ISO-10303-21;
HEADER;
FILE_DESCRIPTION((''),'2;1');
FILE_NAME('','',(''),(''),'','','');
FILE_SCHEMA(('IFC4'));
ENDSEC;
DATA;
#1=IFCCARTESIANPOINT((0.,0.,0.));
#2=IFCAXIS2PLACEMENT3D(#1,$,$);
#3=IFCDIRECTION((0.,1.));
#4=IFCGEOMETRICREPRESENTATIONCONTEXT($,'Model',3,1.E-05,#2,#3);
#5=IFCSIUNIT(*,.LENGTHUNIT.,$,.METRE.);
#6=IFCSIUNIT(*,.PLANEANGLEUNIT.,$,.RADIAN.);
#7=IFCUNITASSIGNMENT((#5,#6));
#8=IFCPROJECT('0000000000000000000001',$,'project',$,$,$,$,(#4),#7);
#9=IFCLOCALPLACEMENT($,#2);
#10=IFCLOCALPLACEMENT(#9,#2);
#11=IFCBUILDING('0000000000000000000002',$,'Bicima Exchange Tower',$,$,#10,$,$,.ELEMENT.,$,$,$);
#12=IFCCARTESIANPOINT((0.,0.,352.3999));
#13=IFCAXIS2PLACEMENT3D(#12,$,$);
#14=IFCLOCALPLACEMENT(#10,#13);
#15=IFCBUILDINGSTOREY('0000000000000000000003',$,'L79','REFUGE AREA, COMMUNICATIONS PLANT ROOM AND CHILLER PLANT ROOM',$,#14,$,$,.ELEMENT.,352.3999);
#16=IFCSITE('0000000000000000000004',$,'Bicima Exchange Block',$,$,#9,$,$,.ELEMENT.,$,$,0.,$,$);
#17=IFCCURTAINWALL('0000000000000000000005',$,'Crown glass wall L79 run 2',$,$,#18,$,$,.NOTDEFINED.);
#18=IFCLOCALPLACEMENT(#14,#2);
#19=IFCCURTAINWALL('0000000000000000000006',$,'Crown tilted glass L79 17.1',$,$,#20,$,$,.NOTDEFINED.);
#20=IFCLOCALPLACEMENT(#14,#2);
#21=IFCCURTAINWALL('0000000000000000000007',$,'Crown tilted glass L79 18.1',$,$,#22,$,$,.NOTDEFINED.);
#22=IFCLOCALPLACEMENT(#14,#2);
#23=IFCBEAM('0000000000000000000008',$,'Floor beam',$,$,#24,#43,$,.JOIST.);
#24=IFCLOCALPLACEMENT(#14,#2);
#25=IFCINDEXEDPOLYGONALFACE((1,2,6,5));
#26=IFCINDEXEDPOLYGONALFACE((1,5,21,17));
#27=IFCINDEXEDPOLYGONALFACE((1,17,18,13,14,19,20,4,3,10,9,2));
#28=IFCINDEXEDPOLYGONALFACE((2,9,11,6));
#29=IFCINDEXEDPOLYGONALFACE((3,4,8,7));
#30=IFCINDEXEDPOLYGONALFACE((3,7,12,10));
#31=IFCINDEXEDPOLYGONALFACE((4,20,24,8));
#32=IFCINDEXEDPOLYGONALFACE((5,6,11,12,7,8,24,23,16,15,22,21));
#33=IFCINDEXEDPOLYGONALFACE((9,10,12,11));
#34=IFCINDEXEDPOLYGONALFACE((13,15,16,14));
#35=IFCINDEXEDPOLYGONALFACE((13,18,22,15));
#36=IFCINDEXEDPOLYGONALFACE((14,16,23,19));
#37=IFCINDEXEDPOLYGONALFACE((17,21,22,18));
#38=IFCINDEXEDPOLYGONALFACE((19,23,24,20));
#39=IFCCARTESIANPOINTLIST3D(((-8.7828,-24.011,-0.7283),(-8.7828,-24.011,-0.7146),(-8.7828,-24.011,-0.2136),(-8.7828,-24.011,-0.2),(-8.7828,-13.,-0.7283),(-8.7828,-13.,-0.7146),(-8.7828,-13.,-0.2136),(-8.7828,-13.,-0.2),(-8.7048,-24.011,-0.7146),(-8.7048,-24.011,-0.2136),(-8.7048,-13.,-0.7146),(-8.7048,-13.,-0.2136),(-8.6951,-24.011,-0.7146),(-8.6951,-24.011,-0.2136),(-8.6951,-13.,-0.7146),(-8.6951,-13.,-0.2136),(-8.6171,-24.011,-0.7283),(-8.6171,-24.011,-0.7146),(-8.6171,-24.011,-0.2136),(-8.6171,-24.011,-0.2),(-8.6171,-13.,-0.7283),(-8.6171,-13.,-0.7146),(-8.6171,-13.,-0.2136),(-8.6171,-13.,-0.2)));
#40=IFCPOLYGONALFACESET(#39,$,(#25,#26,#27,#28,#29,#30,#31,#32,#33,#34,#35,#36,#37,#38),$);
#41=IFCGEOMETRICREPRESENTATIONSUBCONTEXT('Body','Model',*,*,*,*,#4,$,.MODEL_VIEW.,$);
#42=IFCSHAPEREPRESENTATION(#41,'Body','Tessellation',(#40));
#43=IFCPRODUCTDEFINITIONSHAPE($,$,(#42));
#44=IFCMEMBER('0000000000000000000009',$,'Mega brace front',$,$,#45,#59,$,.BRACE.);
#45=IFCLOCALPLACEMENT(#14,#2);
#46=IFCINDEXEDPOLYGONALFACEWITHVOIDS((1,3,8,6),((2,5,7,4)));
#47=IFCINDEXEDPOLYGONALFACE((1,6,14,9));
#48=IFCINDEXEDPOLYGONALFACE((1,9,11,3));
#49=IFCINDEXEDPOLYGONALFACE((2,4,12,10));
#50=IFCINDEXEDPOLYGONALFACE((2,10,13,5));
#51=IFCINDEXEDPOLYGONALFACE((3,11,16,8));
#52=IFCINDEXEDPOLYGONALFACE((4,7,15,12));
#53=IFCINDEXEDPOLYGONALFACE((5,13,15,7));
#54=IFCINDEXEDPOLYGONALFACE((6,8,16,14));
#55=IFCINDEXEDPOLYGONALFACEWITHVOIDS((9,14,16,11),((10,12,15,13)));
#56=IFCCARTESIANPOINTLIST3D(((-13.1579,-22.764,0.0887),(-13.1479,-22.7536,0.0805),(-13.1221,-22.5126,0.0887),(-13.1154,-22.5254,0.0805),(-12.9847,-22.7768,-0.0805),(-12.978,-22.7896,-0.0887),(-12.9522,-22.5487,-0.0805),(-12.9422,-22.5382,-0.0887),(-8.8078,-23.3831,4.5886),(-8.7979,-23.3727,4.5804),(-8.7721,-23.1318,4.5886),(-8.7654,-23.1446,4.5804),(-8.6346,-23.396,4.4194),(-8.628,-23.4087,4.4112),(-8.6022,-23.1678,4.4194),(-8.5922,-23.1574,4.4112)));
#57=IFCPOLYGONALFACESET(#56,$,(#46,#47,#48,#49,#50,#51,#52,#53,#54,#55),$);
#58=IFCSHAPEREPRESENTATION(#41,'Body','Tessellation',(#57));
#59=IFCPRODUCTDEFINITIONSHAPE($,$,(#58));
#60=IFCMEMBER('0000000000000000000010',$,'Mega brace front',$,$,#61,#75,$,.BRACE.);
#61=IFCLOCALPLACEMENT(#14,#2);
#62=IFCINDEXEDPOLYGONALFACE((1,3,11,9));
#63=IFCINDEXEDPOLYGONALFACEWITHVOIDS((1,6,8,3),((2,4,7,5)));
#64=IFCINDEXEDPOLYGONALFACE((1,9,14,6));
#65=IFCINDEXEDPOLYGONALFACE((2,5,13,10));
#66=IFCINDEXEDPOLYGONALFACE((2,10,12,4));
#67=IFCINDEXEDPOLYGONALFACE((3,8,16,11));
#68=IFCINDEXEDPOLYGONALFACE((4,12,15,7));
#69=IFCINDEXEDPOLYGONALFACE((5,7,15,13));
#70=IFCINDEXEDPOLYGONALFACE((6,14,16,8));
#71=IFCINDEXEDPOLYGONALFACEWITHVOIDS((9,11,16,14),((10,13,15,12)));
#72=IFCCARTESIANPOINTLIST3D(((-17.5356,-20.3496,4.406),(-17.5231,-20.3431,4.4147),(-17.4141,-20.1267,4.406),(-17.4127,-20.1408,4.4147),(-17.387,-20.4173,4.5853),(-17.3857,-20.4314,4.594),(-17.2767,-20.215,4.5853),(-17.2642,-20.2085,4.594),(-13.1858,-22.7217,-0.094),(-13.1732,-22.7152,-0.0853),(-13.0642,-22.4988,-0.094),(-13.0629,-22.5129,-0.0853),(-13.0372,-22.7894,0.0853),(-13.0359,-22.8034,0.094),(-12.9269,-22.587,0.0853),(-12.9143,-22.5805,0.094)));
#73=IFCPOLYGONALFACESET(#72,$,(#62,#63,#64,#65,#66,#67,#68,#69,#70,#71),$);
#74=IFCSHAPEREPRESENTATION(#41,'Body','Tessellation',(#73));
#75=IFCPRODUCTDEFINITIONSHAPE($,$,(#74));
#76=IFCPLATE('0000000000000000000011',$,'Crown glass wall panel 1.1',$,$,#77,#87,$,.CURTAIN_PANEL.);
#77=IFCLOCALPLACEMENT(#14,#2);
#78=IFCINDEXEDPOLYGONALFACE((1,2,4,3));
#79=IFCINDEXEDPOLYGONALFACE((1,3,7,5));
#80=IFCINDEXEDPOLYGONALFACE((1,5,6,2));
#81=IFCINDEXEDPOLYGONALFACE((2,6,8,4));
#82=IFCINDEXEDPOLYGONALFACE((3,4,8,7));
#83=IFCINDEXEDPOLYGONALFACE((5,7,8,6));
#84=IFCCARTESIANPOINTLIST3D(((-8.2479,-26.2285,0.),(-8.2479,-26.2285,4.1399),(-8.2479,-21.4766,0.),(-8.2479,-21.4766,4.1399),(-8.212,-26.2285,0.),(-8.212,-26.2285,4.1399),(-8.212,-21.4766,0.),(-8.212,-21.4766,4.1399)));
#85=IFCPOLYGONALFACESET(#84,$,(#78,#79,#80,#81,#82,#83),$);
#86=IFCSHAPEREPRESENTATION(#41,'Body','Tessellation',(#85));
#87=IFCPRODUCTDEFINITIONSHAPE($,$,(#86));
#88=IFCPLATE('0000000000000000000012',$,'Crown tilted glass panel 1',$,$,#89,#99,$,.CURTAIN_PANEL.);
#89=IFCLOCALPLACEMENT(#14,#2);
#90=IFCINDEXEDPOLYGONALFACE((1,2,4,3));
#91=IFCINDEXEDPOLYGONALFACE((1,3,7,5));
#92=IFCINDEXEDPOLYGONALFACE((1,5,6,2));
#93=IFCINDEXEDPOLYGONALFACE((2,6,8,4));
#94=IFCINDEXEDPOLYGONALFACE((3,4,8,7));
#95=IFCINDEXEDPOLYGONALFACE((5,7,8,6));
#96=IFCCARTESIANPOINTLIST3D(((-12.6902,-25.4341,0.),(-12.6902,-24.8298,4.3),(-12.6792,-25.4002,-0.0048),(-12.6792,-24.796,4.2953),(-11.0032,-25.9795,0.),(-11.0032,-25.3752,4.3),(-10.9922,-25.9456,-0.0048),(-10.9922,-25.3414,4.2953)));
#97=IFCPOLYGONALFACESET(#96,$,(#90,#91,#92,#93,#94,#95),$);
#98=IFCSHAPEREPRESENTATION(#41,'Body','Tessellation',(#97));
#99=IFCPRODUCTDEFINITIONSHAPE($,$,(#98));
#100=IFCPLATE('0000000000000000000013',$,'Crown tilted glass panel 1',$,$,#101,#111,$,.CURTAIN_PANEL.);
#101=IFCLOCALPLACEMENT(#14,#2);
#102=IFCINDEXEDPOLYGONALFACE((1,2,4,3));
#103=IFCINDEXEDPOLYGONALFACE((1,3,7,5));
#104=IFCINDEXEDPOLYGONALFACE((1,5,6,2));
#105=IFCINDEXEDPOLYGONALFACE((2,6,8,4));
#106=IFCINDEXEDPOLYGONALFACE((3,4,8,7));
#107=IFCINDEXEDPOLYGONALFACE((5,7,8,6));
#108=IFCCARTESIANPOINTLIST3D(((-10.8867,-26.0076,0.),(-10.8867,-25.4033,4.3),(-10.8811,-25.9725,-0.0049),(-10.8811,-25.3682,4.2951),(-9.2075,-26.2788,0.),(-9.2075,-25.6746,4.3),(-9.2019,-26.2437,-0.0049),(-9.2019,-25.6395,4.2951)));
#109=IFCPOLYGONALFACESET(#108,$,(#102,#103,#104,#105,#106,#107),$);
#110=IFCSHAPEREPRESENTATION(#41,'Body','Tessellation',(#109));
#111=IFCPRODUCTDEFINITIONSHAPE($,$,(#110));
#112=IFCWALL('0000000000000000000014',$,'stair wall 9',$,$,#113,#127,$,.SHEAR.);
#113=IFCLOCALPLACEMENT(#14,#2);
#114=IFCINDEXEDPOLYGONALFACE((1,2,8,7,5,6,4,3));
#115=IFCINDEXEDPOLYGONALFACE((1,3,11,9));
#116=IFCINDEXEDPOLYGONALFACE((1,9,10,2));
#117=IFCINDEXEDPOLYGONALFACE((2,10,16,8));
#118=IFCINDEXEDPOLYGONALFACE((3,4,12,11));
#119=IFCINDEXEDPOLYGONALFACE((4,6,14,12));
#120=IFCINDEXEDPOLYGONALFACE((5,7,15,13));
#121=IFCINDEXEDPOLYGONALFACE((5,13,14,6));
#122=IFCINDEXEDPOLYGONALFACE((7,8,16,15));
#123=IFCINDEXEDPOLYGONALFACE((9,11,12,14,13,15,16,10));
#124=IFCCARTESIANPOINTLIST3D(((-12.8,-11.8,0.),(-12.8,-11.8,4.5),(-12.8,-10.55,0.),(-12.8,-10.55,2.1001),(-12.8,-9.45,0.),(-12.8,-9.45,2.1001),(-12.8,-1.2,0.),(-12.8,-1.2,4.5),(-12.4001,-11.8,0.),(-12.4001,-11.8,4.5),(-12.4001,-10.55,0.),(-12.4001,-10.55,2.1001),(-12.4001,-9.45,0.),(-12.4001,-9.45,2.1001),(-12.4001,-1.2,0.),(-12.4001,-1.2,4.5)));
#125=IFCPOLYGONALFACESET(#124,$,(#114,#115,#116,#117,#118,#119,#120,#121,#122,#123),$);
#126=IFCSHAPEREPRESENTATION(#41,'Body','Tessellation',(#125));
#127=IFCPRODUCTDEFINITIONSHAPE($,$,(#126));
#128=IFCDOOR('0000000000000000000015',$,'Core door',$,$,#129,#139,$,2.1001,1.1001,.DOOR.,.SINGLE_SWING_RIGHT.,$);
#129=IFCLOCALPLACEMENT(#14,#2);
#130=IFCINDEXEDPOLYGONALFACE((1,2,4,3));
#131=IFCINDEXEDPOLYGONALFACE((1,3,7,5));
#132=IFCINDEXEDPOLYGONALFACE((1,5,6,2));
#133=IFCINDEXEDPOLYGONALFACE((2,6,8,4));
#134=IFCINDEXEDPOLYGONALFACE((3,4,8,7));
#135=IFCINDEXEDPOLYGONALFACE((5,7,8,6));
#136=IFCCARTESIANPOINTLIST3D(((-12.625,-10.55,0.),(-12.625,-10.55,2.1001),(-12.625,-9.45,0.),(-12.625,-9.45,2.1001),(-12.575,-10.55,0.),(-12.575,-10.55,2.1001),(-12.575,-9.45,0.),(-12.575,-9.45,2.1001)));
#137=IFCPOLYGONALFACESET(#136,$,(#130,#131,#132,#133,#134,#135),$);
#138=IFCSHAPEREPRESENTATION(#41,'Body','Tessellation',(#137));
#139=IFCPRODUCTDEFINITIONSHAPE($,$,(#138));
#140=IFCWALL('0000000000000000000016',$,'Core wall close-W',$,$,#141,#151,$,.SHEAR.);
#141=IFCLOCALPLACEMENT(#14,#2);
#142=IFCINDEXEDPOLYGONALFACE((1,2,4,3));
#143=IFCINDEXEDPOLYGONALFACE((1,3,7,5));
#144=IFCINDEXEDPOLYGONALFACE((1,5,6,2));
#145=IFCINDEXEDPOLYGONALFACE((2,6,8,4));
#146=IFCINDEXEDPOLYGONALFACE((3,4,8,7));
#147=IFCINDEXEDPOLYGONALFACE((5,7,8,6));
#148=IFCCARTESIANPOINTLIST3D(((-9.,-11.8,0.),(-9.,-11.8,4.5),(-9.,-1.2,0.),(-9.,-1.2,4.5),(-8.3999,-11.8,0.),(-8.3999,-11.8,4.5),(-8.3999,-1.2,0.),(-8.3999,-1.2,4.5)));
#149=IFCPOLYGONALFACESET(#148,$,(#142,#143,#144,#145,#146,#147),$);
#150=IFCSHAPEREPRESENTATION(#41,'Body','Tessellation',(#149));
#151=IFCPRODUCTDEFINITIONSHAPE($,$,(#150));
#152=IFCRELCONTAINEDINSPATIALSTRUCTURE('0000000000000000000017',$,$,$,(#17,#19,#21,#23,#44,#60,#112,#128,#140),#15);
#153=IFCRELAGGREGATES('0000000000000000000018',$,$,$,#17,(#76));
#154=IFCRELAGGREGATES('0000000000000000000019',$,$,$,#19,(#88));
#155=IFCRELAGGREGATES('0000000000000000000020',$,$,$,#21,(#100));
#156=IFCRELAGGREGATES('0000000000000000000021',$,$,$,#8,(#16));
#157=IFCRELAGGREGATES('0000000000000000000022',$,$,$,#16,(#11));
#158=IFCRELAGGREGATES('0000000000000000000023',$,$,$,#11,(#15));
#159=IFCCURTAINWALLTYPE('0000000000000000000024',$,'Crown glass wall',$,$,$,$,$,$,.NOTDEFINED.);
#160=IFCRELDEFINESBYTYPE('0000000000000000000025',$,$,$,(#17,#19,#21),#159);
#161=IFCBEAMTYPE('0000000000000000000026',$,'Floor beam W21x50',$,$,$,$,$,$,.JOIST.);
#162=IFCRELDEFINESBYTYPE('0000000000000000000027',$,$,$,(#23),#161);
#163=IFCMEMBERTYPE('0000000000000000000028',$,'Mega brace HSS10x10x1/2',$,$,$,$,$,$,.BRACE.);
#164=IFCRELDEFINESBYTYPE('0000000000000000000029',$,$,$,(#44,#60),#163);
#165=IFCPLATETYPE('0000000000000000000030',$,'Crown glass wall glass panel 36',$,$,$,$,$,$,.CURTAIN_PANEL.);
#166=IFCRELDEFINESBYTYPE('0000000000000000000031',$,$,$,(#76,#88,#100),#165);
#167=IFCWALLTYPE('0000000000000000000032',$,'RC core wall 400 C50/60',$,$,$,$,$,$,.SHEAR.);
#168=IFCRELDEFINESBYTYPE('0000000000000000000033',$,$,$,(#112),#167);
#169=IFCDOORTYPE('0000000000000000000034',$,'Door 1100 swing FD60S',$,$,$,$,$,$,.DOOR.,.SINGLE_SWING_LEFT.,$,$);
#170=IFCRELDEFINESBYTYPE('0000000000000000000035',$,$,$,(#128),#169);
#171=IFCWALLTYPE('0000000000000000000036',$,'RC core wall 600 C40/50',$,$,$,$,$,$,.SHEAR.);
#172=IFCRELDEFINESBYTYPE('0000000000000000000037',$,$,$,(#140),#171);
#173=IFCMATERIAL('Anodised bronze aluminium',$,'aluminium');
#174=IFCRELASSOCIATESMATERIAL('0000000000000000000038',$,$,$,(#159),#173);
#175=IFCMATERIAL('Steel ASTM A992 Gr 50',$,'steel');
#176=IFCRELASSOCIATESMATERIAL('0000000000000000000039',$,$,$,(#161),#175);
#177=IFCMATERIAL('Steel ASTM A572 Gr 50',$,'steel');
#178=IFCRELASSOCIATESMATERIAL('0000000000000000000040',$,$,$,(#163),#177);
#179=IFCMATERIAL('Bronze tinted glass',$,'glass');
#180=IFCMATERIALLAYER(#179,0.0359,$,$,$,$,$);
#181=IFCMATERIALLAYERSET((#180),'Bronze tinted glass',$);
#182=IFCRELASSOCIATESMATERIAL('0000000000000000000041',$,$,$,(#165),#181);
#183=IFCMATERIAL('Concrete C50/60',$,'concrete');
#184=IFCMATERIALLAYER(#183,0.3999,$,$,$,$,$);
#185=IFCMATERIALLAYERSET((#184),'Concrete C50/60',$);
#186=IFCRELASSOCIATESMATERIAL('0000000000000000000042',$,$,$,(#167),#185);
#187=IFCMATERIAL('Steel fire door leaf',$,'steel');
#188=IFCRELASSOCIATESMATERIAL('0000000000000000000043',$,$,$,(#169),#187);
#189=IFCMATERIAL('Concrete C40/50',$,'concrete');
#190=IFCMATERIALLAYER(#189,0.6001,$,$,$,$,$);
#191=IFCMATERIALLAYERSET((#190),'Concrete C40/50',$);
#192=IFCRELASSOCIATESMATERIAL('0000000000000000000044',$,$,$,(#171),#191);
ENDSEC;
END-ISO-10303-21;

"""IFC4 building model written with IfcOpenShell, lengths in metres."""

from ifc_helpers import new_model, si_unit, direction, frame, frame_2d, origin, origin_2d, place, context, subcontext, project, spatial, polyline, rectangle, hollow_rectangle, i_section, outline, extrude, material, layer, layer_set, material_profile, profile_set, type_object, element, fill, aggregate, save


model = new_model("IFC4")

# Units and contexts
model_context = context("Model", 3, precision=1e-05, world=origin(), true_north=direction((0.0, 1.0)))
body_context = subcontext(model_context, "Body", "Model", "MODEL_VIEW")
ifc_project = project(units=[si_unit("LENGTHUNIT", "METRE"), si_unit("PLANEANGLEUNIT", "RADIAN")], contexts=[model_context])

# Site, building, storey
site_placement = place(None, origin())
site = spatial("IfcSite", under=ifc_project, at=site_placement, Name="Bicima Exchange Block", CompositionType="ELEMENT", RefElevation=0.0)
building_placement = place(site_placement, origin())
building = spatial("IfcBuilding", under=site, at=building_placement, Name="Bicima Exchange Tower", CompositionType="ELEMENT")
storey_placement = place(building_placement, frame((0.0, 0.0, 352.3999)))
storey = spatial("IfcBuildingStorey", under=building, at=storey_placement, Name="L79", Description="REFUGE AREA, COMMUNICATIONS PLANT ROOM AND CHILLER PLANT ROOM", CompositionType="ELEMENT", Elevation=352.3999)

# Shared definitions
ifc_material_1 = material(Name="Steel ASTM A992 Gr 50", Category="steel")

# Curtain wall
ifc_material_2 = material(Name="Anodised bronze aluminium", Category="aluminium")
curtain_wall_type = type_object("IfcCurtainWallType", Name="Crown glass wall", PredefinedType="NOTDEFINED", material=ifc_material_2)
curtain_wall_1_placement = place(storey_placement, origin())
curtain_wall_1 = element("IfcCurtainWall", 1, at=curtain_wall_1_placement, inside=storey, type_object=curtain_wall_type, Name="Crown glass wall L79 run 2", PredefinedType="NOTDEFINED")

# Curtain walls
curtain_wall_2_placement = place(storey_placement, origin())
curtain_wall_2 = element("IfcCurtainWall", 2, at=curtain_wall_2_placement, inside=storey, type_object=curtain_wall_type, Name="Crown tilted glass L79 17.1", PredefinedType="NOTDEFINED")
curtain_wall_3_placement = place(storey_placement, origin())
curtain_wall_3 = element("IfcCurtainWall", 3, at=curtain_wall_3_placement, inside=storey, type_object=curtain_wall_type, Name="Crown tilted glass L79 18.1", PredefinedType="NOTDEFINED")

# Beam
ifc_material_profile_1 = material_profile(ifc_material_1, i_section(OverallWidth=0.1658, OverallDepth=0.5283, WebThickness=0.0098, FlangeThickness=0.0137, at=origin_2d()))
ifc_profile_set_1 = profile_set([ifc_material_profile_1], Name="Steel ASTM A992 Gr 50")
beam_type_1 = type_object("IfcBeamType", Name="Floor beam W21x50", PredefinedType="JOIST", material=ifc_profile_set_1)
beam_1_placement = place(storey_placement, frame((-8.7, -13.0, -0.4641), z_axis=(0.0, -1.0, 0.0), x_axis=(1.0, 0.0, 0.0)))
element("IfcBeam", 4, at=beam_1_placement, inside=storey, type_object=beam_type_1, Name="Floor beam", PredefinedType="JOIST", context=body_context, shape_type="SweptSolid", body=[
    extrude(i_section(OverallWidth=0.1658, OverallDepth=0.5283, WebThickness=0.0098, FlangeThickness=0.0137, at=origin_2d()), origin(), (0.0, 0.0, 1.0), 11.011),
])

# Members
ifc_material_3 = material(Name="Steel ASTM A572 Gr 50", Category="steel")
ifc_material_profile_2 = material_profile(ifc_material_3, hollow_rectangle(XDim=0.2539, YDim=0.2539, WallThickness=0.0117, at=origin_2d()))
ifc_profile_set_2 = profile_set([ifc_material_profile_2], Name="Steel ASTM A572 Gr 50")
member_type_1 = type_object("IfcMemberType", Name="Mega brace HSS10x10x1/2", PredefinedType="BRACE", material=ifc_profile_set_2)
member_1_placement = place(storey_placement, frame((-13.05, -22.6511, 0.0), z_axis=(0.691654, -0.098442, 0.715488), x_axis=(0.140908, 0.990023, 0.0)))
element("IfcMember", 5, at=member_1_placement, inside=storey, type_object=member_type_1, Name="Mega brace front", PredefinedType="BRACE", context=body_context, shape_type="SweptSolid", body=[
    extrude(hollow_rectangle(XDim=0.2539, YDim=0.2539, WallThickness=0.0117, at=origin_2d()), origin(), (0.0, 0.0, 1.0), 6.2893),
])
member_2_placement = place(storey_placement, frame((-13.05, -22.6511, 0.0), z_axis=(-0.649899, 0.354404, 0.672332), x_axis=(-0.478762, -0.877945, 0.0)))
element("IfcMember", 6, at=member_2_placement, inside=storey, type_object=member_type_1, Name="Mega brace front", PredefinedType="BRACE", context=body_context, shape_type="SweptSolid", body=[
    extrude(hollow_rectangle(XDim=0.2539, YDim=0.2539, WallThickness=0.0117, at=origin_2d()), origin(), (0.0, 0.0, 1.0), 6.6931),
])

# Plates
ifc_material_4 = material(Name="Bronze tinted glass", Category="glass")
ifc_layer_1 = layer(ifc_material_4, 0.0359)
ifc_layer_set_1 = layer_set([ifc_layer_1], Name="Bronze tinted glass")
plate_type = type_object("IfcPlateType", Name="Crown glass wall glass panel 36", PredefinedType="CURTAIN_PANEL", material=ifc_layer_set_1)
plate_1_placement = place(storey_placement, frame((-8.23, -23.8525, 0.0), z_axis=(0.0, 0.0, 1.0), x_axis=(0.0, 1.0, 0.0)))
plate_1 = element("IfcPlate", 7, at=plate_1_placement, type_object=plate_type, Name="Crown glass wall panel 1.1", PredefinedType="CURTAIN_PANEL", context=body_context, shape_type="SweptSolid", body=[
    extrude(rectangle(XDim=4.752, YDim=0.0359, at=origin_2d()), origin(), (0.0, 0.0, 1.0), 4.1399),
])
aggregate(curtain_wall_1, [plate_1])
plate_2_placement = place(storey_placement, frame((-12.6902, -25.4341, 0.0), z_axis=(-0.304909, -0.943116, 0.132528), x_axis=(0.951509, -0.307622, 0.0)))
plate_2 = element("IfcPlate", 8, at=plate_2_placement, type_object=plate_type, Name="Crown tilted glass panel 1", PredefinedType="CURTAIN_PANEL", context=body_context, shape_type="SweptSolid", body=[
    extrude(outline(polyline([(0.0, 0.0), (1.773, 0.0), (1.5871, 4.3383), (-0.1859, 4.3383), (0.0, 0.0)])), origin(), (0.0, 0.0, -1.0), 0.0359),
])
aggregate(curtain_wall_2, [plate_2])
plate_3_placement = place(storey_placement, frame((-10.8867, -26.0076, 0.0), z_axis=(-0.15795, -0.97784, 0.137407), x_axis=(0.987204, -0.159463, 0.0)))
plate_3 = element("IfcPlate", 9, at=plate_3_placement, type_object=plate_type, Name="Crown tilted glass panel 1", PredefinedType="CURTAIN_PANEL", context=body_context, shape_type="SweptSolid", body=[
    extrude(outline(polyline([(0.0, 0.0), (1.701, 0.0), (1.6046, 4.3412), (-0.0964, 4.3412), (0.0, 0.0)])), origin(), (0.0, 0.0, -1.0), 0.0359),
])
aggregate(curtain_wall_3, [plate_3])

# Wall, opening, door
ifc_material_5 = material(Name="Concrete C50/60", Category="concrete")
ifc_layer_2 = layer(ifc_material_5, 0.3999)
ifc_layer_set_2 = layer_set([ifc_layer_2], Name="Concrete C50/60")
wall_type_1 = type_object("IfcWallType", Name="RC core wall 400 C50/60", PredefinedType="SHEAR", material=ifc_layer_set_2)
wall_1_placement = place(storey_placement, frame((-12.6001, -11.8, 0.0), z_axis=(0.0, 0.0, 1.0), x_axis=(0.0, 1.0, 0.0)))
wall_1 = element("IfcWall", 10, at=wall_1_placement, inside=storey, type_object=wall_type_1, Name="stair wall 9", PredefinedType="SHEAR", context=body_context, shape_type="SweptSolid", body=[
    extrude(rectangle(XDim=10.6001, YDim=0.3999, at=frame_2d((5.3, 0.0))), origin(), (0.0, 0.0, 1.0), 4.5),
])
opening_placement = place(wall_1_placement, frame((1.25, 0.0, 0.0)))
opening = element("IfcOpeningElement", 11, at=opening_placement, cuts=wall_1, PredefinedType="OPENING", context=body_context, shape_type="SweptSolid", body=[
    extrude(rectangle(XDim=1.1001, YDim=2.1001, at=frame_2d((0.55, 1.05))), frame((0.0, 0.2119, 0.0), z_axis=(0.0, -1.0, 0.0), x_axis=(1.0, 0.0, 0.0)), (0.0, 0.0, 1.0), 0.4238),
])
ifc_material_6 = material(Name="Steel fire door leaf", Category="steel")
door_type = type_object("IfcDoorType", Name="Door 1100 swing FD60S", OperationType="SINGLE_SWING_LEFT", PredefinedType="DOOR", material=ifc_material_6)
door_placement = place(opening_placement, origin())
door = element("IfcDoor", 12, at=door_placement, inside=storey, type_object=door_type, Name="Core door", OperationType="SINGLE_SWING_RIGHT", OverallHeight=2.1001, OverallWidth=1.1001, PredefinedType="DOOR", context=body_context, shape_type="SweptSolid", body=[
    extrude(rectangle(XDim=1.1001, YDim=2.1001, at=frame_2d((0.55, 1.05))), frame((0.0, 0.0249, 0.0), z_axis=(0.0, -1.0, 0.0), x_axis=(1.0, 0.0, 0.0)), (0.0, 0.0, 1.0), 0.05),
])
fill(opening, door)

# Wall
ifc_material_7 = material(Name="Concrete C40/50", Category="concrete")
ifc_layer_3 = layer(ifc_material_7, 0.6001)
ifc_layer_set_3 = layer_set([ifc_layer_3], Name="Concrete C40/50")
wall_type_2 = type_object("IfcWallType", Name="RC core wall 600 C40/50", PredefinedType="SHEAR", material=ifc_layer_set_3)
wall_2_placement = place(storey_placement, frame((-8.7, -11.8, 0.0), z_axis=(0.0, 0.0, 1.0), x_axis=(0.0, 1.0, 0.0)))
element("IfcWall", 13, at=wall_2_placement, inside=storey, type_object=wall_type_2, Name="Core wall close-W", PredefinedType="SHEAR", context=body_context, shape_type="SweptSolid", body=[
    extrude(rectangle(XDim=10.6001, YDim=0.6001, at=frame_2d((5.3, 0.0))), origin(), (0.0, 0.0, 1.0), 4.5),
])

save(model, "model.ifc")
